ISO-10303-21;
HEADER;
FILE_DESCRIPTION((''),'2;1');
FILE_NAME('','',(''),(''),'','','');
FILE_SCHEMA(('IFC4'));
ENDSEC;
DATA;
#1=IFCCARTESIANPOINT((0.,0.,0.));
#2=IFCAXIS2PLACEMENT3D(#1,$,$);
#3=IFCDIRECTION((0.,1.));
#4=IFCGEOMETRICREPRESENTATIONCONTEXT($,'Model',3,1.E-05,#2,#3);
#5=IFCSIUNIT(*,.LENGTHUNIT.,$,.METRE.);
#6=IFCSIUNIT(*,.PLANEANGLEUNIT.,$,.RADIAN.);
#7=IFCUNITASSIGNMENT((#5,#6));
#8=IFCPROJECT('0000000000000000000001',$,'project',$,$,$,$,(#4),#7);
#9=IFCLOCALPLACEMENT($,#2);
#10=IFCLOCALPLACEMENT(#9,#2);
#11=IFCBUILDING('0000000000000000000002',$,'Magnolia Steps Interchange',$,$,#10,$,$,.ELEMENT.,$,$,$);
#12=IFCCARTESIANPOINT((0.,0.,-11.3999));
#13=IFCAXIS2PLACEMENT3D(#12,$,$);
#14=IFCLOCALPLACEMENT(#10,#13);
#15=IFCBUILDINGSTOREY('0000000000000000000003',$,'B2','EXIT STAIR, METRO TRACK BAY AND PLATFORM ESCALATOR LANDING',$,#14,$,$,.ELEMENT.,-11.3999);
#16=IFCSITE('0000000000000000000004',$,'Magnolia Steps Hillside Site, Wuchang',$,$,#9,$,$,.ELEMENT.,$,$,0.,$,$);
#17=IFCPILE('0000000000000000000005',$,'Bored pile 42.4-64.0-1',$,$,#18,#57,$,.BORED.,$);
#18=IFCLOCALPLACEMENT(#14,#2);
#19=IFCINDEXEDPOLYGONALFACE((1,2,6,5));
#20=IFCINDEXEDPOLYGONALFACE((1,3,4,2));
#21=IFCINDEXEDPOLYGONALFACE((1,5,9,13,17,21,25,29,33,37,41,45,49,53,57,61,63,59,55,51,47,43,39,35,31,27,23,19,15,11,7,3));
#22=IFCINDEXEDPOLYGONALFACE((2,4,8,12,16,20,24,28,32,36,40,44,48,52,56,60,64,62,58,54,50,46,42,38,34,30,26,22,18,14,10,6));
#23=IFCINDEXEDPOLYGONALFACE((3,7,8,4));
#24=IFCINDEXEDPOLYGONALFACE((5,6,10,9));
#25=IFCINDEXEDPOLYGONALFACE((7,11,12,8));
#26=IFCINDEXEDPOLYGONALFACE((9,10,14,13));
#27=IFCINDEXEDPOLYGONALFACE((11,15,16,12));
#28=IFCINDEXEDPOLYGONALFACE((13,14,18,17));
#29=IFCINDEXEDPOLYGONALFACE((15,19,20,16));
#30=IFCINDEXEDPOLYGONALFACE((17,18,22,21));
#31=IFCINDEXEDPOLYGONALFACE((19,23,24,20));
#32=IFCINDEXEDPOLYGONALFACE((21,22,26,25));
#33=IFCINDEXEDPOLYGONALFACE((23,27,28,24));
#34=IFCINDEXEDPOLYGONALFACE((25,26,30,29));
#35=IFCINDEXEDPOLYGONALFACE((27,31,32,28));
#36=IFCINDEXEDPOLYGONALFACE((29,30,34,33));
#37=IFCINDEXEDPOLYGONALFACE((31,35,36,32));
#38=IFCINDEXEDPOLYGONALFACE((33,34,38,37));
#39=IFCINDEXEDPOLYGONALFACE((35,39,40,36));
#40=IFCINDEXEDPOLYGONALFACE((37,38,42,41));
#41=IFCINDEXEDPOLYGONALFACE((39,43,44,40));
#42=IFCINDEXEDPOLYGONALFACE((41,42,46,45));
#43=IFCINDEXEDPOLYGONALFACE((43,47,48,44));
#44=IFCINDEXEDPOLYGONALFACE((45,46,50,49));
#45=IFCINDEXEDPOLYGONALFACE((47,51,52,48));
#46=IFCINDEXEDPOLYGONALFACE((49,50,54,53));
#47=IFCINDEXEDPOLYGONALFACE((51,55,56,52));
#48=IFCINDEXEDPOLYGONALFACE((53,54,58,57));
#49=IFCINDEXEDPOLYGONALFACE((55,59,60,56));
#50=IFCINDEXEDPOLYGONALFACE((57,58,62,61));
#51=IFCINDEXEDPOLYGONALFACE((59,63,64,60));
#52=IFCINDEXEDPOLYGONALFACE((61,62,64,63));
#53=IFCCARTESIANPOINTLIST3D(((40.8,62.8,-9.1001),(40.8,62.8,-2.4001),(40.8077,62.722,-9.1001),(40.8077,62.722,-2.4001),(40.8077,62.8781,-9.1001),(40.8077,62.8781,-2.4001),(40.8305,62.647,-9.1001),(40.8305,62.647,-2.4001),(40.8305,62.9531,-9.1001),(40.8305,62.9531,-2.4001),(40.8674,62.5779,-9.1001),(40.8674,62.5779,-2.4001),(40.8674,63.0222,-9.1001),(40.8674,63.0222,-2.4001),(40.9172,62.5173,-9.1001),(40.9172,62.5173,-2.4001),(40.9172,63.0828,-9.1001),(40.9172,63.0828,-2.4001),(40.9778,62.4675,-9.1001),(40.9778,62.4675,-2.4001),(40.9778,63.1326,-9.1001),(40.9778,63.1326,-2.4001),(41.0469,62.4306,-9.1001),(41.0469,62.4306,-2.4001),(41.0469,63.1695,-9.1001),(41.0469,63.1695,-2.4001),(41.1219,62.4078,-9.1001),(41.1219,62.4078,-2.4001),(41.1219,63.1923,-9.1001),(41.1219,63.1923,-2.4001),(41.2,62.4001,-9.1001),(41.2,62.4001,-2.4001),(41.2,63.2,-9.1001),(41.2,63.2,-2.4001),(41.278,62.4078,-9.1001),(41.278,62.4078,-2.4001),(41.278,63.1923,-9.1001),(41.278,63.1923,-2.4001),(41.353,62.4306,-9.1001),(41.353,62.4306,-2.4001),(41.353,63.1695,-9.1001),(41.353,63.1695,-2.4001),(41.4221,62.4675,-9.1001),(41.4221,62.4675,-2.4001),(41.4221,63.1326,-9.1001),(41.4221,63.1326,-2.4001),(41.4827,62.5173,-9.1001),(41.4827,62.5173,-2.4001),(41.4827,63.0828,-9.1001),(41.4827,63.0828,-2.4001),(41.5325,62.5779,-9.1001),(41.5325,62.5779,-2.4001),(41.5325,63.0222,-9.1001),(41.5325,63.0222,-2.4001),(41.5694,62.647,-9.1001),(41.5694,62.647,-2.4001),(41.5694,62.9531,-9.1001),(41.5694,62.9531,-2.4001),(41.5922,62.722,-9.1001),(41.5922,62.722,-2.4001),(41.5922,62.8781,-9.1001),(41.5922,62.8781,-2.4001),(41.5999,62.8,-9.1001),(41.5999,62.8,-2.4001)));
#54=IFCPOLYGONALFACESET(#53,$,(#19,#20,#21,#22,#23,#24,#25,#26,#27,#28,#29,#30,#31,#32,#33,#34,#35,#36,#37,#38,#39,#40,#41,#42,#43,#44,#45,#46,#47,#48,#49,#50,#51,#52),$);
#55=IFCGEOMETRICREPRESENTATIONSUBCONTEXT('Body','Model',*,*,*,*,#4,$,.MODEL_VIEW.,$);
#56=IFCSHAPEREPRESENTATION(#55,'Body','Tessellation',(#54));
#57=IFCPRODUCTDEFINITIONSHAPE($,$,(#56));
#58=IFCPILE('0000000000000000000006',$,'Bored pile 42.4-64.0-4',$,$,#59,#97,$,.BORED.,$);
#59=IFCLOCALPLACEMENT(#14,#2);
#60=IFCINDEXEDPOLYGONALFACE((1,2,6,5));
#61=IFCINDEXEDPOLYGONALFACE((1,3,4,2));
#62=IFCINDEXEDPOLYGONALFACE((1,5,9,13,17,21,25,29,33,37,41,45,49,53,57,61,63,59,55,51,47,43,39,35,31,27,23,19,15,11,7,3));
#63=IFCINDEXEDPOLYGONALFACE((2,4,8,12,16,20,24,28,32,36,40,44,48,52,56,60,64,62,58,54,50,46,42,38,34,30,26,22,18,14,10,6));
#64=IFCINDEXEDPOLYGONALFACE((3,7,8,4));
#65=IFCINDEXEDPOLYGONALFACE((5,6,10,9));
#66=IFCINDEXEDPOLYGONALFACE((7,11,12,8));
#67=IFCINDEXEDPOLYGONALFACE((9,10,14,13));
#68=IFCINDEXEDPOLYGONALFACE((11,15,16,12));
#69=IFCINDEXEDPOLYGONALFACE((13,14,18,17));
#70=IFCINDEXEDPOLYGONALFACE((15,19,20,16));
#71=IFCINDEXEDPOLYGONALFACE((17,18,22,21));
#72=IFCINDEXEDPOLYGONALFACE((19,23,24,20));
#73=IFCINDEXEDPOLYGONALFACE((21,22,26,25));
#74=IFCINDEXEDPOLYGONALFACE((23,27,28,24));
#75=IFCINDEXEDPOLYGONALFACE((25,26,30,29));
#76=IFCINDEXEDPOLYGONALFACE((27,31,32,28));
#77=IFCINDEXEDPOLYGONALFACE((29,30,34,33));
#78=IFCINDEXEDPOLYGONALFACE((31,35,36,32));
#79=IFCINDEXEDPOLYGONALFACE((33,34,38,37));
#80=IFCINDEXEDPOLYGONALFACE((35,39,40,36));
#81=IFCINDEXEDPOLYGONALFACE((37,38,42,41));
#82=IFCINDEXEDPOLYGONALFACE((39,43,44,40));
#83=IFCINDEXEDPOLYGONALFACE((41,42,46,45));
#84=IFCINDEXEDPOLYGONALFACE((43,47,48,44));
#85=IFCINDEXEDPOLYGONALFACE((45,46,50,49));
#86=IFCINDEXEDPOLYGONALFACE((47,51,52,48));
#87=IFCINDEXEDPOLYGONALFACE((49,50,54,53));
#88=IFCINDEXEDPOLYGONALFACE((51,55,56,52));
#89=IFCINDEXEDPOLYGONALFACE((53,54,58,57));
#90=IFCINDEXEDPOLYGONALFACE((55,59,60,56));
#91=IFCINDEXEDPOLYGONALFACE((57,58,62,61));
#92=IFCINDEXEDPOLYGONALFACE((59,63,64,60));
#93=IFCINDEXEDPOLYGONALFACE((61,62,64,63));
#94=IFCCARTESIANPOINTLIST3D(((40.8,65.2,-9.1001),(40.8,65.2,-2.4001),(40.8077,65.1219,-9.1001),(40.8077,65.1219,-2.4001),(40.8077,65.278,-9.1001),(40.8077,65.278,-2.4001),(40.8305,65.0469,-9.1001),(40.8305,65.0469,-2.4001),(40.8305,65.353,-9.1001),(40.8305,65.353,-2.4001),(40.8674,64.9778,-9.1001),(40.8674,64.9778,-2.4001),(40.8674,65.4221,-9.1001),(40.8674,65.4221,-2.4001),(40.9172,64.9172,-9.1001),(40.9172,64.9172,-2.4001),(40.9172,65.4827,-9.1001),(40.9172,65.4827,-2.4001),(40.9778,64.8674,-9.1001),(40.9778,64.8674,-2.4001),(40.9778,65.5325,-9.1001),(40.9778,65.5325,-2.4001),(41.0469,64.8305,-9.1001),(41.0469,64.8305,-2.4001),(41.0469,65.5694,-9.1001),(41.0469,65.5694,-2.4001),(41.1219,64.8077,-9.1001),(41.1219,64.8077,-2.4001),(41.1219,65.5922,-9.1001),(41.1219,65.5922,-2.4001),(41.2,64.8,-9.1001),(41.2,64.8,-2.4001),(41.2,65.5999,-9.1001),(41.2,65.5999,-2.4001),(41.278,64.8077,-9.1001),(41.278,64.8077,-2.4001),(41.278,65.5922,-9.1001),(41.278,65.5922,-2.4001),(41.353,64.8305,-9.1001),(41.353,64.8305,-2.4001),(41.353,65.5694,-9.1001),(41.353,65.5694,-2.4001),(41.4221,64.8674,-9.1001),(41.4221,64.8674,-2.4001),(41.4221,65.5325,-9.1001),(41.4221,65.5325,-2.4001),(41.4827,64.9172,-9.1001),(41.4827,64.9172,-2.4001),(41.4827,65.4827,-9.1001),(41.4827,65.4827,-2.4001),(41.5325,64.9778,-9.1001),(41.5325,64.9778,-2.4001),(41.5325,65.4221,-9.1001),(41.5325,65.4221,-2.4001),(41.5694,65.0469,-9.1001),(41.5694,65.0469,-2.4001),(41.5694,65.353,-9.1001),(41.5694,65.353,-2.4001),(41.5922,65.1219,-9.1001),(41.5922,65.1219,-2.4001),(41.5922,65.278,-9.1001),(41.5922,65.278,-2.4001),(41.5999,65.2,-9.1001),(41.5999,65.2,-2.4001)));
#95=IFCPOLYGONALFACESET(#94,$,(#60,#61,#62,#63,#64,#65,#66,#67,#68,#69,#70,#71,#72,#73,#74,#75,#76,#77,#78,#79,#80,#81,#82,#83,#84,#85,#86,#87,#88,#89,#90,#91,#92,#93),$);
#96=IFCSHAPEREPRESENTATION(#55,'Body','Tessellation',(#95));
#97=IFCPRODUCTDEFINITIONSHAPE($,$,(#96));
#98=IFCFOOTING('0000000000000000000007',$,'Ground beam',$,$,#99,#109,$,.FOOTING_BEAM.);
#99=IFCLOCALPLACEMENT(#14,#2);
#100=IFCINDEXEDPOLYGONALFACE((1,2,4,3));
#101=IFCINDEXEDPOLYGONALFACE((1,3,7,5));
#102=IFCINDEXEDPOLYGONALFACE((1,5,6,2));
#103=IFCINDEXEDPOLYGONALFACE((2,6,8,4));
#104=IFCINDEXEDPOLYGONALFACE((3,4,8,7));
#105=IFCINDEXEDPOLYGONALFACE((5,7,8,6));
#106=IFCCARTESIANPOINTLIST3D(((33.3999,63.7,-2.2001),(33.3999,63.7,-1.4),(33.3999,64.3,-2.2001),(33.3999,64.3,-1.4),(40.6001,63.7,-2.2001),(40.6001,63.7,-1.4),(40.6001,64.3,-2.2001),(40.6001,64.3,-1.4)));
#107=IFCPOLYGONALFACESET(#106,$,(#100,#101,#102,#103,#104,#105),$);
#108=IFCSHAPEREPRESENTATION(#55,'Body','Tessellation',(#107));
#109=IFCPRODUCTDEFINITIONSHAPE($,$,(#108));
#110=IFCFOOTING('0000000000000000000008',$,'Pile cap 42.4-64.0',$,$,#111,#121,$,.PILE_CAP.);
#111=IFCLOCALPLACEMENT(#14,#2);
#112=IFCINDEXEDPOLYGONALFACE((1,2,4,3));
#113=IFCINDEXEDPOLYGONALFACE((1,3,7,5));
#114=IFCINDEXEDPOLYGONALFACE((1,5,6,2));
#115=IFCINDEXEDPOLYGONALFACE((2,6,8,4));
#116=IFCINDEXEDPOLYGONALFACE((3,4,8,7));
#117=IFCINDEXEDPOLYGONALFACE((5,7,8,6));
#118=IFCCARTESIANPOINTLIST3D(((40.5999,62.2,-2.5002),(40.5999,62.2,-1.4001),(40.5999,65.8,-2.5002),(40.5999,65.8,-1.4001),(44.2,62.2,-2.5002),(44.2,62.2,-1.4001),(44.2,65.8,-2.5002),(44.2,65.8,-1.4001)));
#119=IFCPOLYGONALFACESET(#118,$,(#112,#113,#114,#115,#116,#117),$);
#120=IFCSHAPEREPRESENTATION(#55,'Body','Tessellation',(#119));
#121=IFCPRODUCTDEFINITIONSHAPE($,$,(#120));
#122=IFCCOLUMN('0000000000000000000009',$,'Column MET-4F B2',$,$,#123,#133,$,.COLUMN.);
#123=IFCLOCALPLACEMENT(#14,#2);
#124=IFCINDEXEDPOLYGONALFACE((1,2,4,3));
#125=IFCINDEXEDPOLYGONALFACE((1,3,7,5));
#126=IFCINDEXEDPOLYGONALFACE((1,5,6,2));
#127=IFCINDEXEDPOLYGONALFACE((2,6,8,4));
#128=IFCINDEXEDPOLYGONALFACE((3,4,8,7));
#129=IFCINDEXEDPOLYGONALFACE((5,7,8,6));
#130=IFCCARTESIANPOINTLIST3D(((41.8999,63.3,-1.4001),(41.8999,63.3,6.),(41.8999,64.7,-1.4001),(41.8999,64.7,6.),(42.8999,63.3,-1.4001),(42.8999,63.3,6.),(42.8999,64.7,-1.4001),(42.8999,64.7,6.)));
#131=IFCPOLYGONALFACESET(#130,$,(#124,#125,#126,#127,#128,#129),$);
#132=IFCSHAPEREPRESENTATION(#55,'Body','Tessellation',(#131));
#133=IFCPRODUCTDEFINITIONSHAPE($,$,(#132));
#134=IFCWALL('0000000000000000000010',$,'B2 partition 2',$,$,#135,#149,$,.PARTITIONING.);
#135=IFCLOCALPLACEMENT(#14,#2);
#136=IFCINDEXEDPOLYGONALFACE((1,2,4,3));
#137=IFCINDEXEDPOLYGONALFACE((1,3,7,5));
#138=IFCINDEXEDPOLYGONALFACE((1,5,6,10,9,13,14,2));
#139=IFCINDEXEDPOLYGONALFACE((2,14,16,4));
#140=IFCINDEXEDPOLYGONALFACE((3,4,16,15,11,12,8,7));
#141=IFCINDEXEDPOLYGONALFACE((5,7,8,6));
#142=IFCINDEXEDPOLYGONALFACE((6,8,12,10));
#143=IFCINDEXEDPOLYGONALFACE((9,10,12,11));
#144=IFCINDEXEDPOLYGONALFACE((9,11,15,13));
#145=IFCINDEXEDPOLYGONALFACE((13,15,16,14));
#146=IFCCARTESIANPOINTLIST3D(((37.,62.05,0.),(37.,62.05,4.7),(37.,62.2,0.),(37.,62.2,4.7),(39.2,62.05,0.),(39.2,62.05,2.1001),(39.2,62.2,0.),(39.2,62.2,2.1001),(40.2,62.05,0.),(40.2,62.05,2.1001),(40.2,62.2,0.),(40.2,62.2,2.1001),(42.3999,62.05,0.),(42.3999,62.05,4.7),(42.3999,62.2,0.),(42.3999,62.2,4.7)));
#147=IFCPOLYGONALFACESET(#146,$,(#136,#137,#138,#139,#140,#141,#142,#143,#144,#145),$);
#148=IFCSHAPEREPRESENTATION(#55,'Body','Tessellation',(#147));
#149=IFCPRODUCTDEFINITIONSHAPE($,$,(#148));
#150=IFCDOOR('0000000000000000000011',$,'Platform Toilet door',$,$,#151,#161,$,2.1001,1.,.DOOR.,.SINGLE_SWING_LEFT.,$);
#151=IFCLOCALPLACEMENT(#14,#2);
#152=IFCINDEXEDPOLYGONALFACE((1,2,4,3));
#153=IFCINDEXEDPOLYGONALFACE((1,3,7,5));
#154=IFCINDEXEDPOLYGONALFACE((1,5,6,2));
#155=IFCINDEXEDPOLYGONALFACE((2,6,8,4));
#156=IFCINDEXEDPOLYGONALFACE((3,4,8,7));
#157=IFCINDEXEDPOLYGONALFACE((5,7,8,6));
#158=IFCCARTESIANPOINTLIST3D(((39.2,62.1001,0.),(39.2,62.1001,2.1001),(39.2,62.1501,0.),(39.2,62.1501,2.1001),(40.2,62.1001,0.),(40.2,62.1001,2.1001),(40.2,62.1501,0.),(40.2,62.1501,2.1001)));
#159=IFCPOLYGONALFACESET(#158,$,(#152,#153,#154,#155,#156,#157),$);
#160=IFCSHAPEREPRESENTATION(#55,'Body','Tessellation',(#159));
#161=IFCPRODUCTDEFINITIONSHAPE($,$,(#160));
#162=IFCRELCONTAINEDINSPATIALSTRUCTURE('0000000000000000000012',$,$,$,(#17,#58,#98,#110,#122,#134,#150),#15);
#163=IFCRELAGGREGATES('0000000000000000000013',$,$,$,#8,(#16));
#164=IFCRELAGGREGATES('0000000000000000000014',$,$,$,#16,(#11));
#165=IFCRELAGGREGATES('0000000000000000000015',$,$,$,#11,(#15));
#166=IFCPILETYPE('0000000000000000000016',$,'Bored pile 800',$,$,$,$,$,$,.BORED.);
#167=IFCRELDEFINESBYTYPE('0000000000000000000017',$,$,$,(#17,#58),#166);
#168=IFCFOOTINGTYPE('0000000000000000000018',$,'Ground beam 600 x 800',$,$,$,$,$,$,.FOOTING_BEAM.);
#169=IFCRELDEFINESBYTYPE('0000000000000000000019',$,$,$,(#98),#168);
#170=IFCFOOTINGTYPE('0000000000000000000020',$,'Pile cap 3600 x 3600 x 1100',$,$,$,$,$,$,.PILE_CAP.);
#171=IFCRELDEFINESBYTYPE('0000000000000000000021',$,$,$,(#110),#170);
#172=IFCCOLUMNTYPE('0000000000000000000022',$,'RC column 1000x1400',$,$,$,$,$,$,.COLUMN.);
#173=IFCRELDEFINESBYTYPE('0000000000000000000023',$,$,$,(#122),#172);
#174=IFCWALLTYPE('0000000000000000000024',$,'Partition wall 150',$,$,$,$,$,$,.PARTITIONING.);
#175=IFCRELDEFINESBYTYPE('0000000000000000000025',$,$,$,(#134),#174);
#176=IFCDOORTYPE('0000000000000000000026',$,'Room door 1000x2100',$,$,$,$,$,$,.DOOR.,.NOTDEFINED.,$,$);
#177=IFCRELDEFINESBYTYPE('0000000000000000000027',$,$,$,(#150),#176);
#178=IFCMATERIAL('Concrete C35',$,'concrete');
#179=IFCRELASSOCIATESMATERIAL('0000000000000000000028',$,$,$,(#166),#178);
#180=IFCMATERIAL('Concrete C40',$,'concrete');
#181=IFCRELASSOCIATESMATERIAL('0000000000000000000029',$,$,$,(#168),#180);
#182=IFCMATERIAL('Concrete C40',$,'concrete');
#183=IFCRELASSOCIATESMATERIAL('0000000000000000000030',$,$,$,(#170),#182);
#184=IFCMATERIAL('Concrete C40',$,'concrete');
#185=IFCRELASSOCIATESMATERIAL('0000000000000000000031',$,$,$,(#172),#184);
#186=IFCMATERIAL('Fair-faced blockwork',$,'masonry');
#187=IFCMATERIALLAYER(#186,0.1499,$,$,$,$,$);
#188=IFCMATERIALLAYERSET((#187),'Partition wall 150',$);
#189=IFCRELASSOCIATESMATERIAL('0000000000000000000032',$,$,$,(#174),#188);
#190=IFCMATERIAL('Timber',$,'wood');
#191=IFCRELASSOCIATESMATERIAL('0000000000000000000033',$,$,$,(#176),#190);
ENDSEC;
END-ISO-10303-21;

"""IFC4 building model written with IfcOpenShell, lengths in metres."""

from ifc_helpers import new_model, si_unit, direction, frame, frame_2d, origin, origin_2d, place, context, subcontext, project, spatial, rectangle, circle, extrude, material, layer, layer_set, material_profile, profile_set, type_object, element, fill, save


model = new_model("IFC4")

# Units and contexts
model_context = context("Model", 3, precision=1e-05, world=origin(), true_north=direction((0.0, 1.0)))
body_context = subcontext(model_context, "Body", "Model", "MODEL_VIEW")
ifc_project = project(units=[si_unit("LENGTHUNIT", "METRE"), si_unit("PLANEANGLEUNIT", "RADIAN")], contexts=[model_context])

# Site, building, storey
site_placement = place(None, origin())
site = spatial("IfcSite", under=ifc_project, at=site_placement, Name="Magnolia Steps Hillside Site, Wuchang", CompositionType="ELEMENT", RefElevation=0.0)
building_placement = place(site_placement, origin())
building = spatial("IfcBuilding", under=site, at=building_placement, Name="Magnolia Steps Interchange", CompositionType="ELEMENT")
storey_placement = place(building_placement, frame((0.0, 0.0, -11.3999)))
storey = spatial("IfcBuildingStorey", under=building, at=storey_placement, Name="B2", Description="EXIT STAIR, METRO TRACK BAY AND PLATFORM ESCALATOR LANDING", CompositionType="ELEMENT", Elevation=-11.3999)

# Piles
ifc_material_1 = material(Name="Concrete C35", Category="concrete")
ifc_material_profile_1 = material_profile(ifc_material_1, circle(Radius=0.3999, at=origin_2d()), Name="Bored pile 800")
ifc_profile_set_1 = profile_set([ifc_material_profile_1], Name="Concrete C35")
pile_type_1 = type_object("IfcPileType", Name="Bored pile 800", PredefinedType="BORED", material=ifc_profile_set_1)
for number, where, z_axis, x_axis, name in (
    (1, (41.2, 62.8, -2.4001), (0.0, 0.0, -1.0), (1.0, 0.0, 0.0), "Bored pile 42.4-64.0-1"),
    (2, (41.2, 65.2, -2.4001), (0.0, 0.0, -1.0), (1.0, 0.0, 0.0), "Bored pile 42.4-64.0-4"),
):
    element("IfcPile", number, at=place(storey_placement, frame(where, z_axis=z_axis, x_axis=x_axis)), inside=storey, type_object=pile_type_1, Name=name, PredefinedType="BORED", context=body_context, shape_type="SweptSolid", body=[
        extrude(circle(Radius=0.3999, at=origin_2d()), origin(), (0.0, 0.0, 1.0), 6.7),
    ])

# Footings
ifc_material_2 = material(Name="Concrete C40", Category="concrete")
ifc_material_profile_2 = material_profile(ifc_material_2, rectangle(XDim=0.6001, YDim=0.8, at=origin_2d()), Name="RC600x800")
ifc_profile_set_2 = profile_set([ifc_material_profile_2], Name="Concrete C40")
footing_type_1 = type_object("IfcFootingType", Name="Ground beam 600 x 800", PredefinedType="FOOTING_BEAM", material=ifc_profile_set_2)
footing_1_placement = place(storey_placement, frame((33.3999, 64.0, -1.8), z_axis=(1.0, 0.0, 0.0), x_axis=(0.0, 1.0, 0.0)))
element("IfcFooting", 3, at=footing_1_placement, inside=storey, type_object=footing_type_1, Name="Ground beam", PredefinedType="FOOTING_BEAM", context=body_context, shape_type="SweptSolid", body=[
    extrude(rectangle(XDim=0.6001, YDim=0.8, at=origin_2d()), origin(), (0.0, 0.0, 1.0), 7.2002),
])
ifc_material_3 = material(Name="Concrete C40", Category="concrete")
footing_type_2 = type_object("IfcFootingType", Name="Pile cap 3600 x 3600 x 1100", PredefinedType="PILE_CAP", material=ifc_material_3)
footing_2_placement = place(storey_placement, frame((42.3999, 64.0, -2.5002), z_axis=(0.0, 0.0, 1.0), x_axis=(1.0, 0.0, 0.0)))
element("IfcFooting", 4, at=footing_2_placement, inside=storey, type_object=footing_type_2, Name="Pile cap 42.4-64.0", PredefinedType="PILE_CAP", context=body_context, shape_type="SweptSolid", body=[
    extrude(rectangle(XDim=3.6001, YDim=3.6001, at=origin_2d()), origin(), (0.0, 0.0, 1.0), 1.1001),
])

# Column
ifc_material_4 = material(Name="Concrete C40", Category="concrete")
ifc_material_profile_3 = material_profile(ifc_material_4, rectangle(XDim=1.0, YDim=1.3999, at=origin_2d()), Name="RC1000x1400")
ifc_profile_set_3 = profile_set([ifc_material_profile_3], Name="Concrete C40")
column_type = type_object("IfcColumnType", Name="RC column 1000x1400", PredefinedType="COLUMN", material=ifc_profile_set_3)
column_placement = place(storey_placement, frame((42.3999, 64.0, -1.4001), z_axis=(0.0, 0.0, 1.0), x_axis=(1.0, 0.0, 0.0)))
element("IfcColumn", 5, at=column_placement, inside=storey, type_object=column_type, Name="Column MET-4F B2", PredefinedType="COLUMN", context=body_context, shape_type="SweptSolid", body=[
    extrude(rectangle(XDim=1.0, YDim=1.3999, at=origin_2d()), origin(), (0.0, 0.0, 1.0), 7.4001),
])

# Wall, opening, door
ifc_material_5 = material(Name="Fair-faced blockwork", Category="masonry")
ifc_layer = layer(ifc_material_5, 0.1499)
ifc_layer_set = layer_set([ifc_layer], Name="Partition wall 150")
wall_type = type_object("IfcWallType", Name="Partition wall 150", PredefinedType="PARTITIONING", material=ifc_layer_set)
wall_1_placement = place(storey_placement, frame((37.0, 62.125, 0.0), z_axis=(0.0, 0.0, 1.0), x_axis=(1.0, 0.0, 0.0)))
wall_1 = element("IfcWall", 6, at=wall_1_placement, inside=storey, type_object=wall_type, Name="B2 partition 2", PredefinedType="PARTITIONING", context=body_context, shape_type="SweptSolid", body=[
    extrude(rectangle(XDim=5.3999, YDim=0.1499, at=frame_2d((2.7, 0.0))), origin(), (0.0, 0.0, 1.0), 4.7),
])
opening_1_placement = place(wall_1_placement, frame((2.2, 0.0, 0.0)))
opening_1 = element("IfcOpeningElement", 7, at=opening_1_placement, cuts=wall_1, PredefinedType="OPENING", context=body_context, shape_type="SweptSolid", body=[
    extrude(rectangle(XDim=1.0, YDim=2.1001, at=frame_2d((0.5, 1.05))), frame((0.0, 0.085, 0.0), z_axis=(0.0, -1.0, 0.0), x_axis=(1.0, 0.0, 0.0)), (0.0, 0.0, 1.0), 0.1699),
])
ifc_material_6 = material(Name="Timber", Category="wood")
door_type = type_object("IfcDoorType", Name="Room door 1000x2100", OperationType="NOTDEFINED", PredefinedType="DOOR", material=ifc_material_6)
door_1_placement = place(opening_1_placement, frame((1.0, 0.0, 0.0), z_axis=(0.0, 0.0, 1.0), x_axis=(-1.0, 0.0, 0.0)))
door_1 = element("IfcDoor", 8, at=door_1_placement, inside=storey, type_object=door_type, Name="Platform Toilet door", OperationType="SINGLE_SWING_LEFT", OverallHeight=2.1001, OverallWidth=1.0, PredefinedType="DOOR", context=body_context, shape_type="SweptSolid", body=[
    extrude(rectangle(XDim=1.0, YDim=2.1001, at=frame_2d((0.5, 1.05))), frame((0.0, 0.0249, 0.0), z_axis=(0.0, -1.0, 0.0), x_axis=(1.0, 0.0, 0.0)), (0.0, 0.0, 1.0), 0.05),
])
fill(opening_1, door_1)

save(model, "model.ifc")
